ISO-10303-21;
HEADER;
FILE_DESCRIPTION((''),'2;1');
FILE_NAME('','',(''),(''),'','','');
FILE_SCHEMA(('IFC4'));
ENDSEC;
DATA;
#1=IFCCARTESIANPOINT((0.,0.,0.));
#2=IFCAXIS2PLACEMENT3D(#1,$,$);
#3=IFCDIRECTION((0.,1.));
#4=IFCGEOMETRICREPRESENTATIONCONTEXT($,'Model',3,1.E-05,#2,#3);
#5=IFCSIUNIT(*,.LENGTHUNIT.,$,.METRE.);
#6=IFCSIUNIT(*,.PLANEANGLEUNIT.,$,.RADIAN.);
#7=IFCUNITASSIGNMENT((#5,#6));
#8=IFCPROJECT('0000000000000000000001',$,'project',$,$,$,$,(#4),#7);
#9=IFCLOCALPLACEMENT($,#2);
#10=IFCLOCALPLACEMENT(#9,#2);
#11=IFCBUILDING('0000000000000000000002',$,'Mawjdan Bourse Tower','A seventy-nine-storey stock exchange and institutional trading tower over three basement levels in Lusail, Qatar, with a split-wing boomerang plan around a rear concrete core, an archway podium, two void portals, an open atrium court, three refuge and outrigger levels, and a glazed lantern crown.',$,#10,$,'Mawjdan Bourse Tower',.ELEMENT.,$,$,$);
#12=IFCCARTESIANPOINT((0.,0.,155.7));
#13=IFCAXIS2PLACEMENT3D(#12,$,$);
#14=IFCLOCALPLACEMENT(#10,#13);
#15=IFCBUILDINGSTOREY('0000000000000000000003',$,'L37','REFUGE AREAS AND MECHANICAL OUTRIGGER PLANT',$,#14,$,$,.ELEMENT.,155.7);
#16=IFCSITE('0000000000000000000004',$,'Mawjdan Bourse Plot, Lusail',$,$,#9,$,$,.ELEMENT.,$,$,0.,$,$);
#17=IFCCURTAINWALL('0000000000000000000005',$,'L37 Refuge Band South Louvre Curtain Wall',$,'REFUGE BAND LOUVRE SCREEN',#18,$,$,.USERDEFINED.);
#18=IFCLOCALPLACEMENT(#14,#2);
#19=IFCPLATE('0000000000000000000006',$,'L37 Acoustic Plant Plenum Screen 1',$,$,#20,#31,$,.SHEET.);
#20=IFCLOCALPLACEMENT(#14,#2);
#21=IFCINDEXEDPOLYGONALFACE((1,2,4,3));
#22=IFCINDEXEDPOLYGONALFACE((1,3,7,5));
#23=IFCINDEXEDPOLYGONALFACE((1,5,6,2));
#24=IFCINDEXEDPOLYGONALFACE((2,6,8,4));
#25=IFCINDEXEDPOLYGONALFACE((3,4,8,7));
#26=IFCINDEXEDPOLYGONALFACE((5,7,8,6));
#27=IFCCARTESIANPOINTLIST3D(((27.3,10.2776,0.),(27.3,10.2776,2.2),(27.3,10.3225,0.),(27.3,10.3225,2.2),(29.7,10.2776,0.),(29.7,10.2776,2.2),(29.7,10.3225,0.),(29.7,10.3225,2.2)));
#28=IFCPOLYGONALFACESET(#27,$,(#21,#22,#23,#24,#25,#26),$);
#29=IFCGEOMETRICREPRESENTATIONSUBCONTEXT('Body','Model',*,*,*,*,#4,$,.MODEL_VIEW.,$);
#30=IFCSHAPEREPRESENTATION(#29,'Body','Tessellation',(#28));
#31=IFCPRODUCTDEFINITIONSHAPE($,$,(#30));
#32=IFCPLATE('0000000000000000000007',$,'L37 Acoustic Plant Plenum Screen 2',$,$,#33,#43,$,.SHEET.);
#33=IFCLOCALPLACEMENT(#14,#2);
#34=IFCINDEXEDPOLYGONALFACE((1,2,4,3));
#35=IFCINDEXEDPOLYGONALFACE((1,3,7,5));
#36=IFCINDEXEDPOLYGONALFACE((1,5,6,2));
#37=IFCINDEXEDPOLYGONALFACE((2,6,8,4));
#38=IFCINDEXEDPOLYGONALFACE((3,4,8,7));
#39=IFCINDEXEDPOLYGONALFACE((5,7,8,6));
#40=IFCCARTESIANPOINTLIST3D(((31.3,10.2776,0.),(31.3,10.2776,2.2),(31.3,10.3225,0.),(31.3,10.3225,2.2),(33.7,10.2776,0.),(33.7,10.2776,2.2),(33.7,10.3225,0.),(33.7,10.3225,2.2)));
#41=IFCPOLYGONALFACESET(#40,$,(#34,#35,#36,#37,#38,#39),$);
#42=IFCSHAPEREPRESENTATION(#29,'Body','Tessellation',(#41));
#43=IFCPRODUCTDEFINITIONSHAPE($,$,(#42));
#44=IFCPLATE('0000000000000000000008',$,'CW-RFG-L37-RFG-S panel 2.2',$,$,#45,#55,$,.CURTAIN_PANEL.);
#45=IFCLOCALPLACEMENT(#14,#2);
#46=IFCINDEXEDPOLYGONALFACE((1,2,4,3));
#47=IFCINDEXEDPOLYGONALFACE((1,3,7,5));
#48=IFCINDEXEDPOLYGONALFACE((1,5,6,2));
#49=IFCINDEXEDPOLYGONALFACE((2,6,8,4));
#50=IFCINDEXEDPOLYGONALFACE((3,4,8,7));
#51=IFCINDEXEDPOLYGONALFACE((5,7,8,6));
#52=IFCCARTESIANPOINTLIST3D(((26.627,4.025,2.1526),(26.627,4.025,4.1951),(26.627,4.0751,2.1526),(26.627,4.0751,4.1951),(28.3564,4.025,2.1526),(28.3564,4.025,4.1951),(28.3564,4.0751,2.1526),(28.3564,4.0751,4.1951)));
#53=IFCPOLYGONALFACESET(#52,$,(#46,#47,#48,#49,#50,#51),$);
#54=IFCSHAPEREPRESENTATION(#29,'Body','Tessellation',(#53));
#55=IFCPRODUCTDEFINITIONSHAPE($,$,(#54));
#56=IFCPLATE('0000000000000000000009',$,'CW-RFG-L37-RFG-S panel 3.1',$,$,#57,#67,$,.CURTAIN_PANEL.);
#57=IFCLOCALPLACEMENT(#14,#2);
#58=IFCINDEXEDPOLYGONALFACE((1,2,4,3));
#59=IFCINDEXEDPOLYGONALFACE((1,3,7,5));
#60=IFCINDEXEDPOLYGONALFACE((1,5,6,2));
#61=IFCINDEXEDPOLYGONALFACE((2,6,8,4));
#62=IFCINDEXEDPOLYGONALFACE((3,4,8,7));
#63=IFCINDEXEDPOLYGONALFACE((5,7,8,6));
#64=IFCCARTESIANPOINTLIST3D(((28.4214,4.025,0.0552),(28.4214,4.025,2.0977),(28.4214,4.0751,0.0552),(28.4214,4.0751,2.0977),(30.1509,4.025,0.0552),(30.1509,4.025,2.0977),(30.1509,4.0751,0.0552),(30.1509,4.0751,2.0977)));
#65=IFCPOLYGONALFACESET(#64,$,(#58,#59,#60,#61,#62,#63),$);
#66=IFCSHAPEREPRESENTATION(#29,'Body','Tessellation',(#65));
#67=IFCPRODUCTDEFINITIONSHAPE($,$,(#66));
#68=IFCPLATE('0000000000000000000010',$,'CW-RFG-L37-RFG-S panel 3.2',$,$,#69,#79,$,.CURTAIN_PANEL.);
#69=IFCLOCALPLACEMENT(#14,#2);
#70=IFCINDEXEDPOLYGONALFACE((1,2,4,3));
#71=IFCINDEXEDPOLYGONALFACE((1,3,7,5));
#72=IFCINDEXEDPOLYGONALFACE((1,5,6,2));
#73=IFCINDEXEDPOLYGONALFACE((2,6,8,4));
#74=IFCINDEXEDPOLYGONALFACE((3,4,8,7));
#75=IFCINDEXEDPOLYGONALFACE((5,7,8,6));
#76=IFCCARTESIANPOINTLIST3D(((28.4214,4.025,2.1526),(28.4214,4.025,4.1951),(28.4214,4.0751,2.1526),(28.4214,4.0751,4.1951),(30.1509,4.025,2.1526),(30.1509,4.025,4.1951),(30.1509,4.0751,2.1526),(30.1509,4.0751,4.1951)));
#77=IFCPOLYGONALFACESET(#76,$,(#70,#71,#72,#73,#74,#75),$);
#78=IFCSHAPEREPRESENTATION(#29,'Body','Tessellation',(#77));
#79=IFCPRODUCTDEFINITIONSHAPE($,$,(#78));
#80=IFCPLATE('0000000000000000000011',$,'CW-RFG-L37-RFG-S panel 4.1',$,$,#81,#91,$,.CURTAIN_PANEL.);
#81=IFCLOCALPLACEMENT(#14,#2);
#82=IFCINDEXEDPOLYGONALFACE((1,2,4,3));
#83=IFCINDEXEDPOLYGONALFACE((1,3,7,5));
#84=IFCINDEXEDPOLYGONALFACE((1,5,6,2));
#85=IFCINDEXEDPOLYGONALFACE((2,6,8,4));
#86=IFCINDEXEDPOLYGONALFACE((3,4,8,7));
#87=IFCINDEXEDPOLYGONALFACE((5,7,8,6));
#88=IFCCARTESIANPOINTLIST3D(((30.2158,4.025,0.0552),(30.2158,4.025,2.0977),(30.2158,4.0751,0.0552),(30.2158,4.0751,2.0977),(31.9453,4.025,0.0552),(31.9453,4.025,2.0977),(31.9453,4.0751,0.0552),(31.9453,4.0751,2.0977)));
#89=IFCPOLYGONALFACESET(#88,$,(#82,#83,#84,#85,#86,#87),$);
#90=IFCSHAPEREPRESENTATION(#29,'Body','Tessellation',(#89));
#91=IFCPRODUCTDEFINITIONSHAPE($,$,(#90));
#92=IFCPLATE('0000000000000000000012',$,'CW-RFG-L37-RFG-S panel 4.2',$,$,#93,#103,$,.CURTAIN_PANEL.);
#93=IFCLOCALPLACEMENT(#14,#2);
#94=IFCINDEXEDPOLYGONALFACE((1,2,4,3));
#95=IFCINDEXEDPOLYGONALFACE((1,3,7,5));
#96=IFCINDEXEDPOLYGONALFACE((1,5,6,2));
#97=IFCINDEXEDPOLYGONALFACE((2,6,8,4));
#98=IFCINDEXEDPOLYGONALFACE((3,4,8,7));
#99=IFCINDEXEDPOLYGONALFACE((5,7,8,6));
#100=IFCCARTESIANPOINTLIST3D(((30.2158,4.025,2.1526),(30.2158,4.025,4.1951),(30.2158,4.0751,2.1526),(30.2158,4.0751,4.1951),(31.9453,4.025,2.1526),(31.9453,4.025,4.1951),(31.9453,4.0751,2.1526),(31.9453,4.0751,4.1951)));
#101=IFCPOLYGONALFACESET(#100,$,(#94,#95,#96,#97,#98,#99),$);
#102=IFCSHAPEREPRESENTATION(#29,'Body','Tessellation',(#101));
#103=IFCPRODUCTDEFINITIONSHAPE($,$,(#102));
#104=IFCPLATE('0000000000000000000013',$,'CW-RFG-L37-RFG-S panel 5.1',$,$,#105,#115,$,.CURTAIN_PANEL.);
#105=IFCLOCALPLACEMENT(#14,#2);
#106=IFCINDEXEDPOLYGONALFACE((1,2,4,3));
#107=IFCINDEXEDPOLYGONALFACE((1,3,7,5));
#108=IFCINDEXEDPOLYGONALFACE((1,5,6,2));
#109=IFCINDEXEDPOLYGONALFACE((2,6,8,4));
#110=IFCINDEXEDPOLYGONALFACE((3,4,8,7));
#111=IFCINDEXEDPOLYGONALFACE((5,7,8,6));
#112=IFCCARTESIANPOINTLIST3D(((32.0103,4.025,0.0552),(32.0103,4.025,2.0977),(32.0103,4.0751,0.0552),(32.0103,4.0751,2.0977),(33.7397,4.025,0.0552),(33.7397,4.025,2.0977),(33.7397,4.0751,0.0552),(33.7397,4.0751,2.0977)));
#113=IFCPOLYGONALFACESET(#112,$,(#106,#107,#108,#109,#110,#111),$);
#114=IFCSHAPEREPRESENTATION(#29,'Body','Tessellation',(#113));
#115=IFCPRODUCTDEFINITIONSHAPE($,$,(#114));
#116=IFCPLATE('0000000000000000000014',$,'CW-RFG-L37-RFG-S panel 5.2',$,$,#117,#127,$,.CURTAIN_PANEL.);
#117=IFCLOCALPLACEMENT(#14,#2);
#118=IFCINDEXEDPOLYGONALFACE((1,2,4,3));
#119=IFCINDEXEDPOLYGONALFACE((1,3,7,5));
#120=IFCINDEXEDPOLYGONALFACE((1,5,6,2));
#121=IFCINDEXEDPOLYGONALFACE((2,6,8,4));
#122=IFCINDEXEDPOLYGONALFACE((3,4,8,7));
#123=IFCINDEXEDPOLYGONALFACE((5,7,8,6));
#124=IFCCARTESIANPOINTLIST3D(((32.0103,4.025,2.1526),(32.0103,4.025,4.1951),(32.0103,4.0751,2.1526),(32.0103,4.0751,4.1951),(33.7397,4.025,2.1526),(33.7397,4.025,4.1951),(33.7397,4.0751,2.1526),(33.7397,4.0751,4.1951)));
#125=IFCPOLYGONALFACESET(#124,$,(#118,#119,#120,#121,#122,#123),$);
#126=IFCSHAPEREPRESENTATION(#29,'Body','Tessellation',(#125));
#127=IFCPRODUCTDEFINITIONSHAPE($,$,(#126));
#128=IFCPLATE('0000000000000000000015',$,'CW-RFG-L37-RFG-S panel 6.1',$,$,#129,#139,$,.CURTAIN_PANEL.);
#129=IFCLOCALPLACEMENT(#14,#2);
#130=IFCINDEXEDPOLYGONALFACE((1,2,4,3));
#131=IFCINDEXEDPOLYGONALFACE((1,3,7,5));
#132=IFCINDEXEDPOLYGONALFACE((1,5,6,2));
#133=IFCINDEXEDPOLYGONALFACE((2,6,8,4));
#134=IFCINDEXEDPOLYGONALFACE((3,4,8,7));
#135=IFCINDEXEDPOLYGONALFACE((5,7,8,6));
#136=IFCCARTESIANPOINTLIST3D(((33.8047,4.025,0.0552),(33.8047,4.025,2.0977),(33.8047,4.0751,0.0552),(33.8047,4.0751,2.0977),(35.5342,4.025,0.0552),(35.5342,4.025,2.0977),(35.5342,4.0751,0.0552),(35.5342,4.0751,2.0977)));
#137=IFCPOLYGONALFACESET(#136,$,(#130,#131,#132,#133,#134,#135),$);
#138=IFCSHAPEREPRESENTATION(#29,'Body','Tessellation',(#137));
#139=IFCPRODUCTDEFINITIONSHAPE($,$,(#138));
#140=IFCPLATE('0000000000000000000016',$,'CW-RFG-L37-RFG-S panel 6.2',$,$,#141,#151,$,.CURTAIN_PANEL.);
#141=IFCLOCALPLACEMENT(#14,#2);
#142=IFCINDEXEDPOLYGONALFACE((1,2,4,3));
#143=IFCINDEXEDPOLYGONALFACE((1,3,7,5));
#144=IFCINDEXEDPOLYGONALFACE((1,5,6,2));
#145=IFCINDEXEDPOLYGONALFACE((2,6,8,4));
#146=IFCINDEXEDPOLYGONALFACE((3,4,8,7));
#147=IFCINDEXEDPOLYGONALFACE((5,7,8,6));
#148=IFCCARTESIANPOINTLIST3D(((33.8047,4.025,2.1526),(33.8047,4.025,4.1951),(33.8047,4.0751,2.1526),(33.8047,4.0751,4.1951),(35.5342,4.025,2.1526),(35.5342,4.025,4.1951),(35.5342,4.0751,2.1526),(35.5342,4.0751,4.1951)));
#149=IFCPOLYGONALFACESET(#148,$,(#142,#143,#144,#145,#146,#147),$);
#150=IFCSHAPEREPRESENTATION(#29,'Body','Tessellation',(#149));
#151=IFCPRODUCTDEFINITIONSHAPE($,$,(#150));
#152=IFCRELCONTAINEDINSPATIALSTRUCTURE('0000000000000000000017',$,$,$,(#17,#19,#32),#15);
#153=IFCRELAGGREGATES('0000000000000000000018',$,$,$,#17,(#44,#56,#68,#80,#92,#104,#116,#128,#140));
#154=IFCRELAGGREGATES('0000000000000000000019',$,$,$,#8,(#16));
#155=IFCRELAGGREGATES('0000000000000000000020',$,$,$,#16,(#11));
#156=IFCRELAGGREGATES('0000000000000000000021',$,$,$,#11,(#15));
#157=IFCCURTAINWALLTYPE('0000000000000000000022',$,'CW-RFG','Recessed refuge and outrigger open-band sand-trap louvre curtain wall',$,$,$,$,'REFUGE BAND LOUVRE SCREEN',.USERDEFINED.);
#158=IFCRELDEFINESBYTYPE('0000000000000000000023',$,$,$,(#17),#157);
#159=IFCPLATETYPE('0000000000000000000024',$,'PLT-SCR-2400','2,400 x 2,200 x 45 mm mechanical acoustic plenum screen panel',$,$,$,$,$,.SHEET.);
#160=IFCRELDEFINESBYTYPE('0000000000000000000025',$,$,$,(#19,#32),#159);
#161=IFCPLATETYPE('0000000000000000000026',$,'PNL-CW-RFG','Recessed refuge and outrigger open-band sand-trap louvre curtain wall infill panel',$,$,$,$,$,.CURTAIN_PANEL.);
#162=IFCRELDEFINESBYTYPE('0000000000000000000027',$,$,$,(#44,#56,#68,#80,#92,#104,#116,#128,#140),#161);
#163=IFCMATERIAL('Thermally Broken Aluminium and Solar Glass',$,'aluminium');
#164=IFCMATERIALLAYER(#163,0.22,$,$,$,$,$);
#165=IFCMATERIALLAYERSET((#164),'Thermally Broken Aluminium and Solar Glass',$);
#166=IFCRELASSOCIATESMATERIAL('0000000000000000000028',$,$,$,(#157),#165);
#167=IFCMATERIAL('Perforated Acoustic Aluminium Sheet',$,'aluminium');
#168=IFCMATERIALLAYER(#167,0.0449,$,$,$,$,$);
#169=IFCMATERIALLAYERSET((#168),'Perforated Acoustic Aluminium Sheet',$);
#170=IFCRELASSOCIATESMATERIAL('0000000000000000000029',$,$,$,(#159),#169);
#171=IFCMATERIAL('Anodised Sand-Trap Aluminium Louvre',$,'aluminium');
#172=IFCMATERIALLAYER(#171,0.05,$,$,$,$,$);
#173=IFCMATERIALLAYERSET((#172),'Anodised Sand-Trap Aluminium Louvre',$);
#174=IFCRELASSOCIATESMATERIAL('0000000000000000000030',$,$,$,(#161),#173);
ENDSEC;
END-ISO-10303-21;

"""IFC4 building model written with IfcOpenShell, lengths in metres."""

from ifc_helpers import new_model, si_unit, direction, frame, origin, origin_2d, place, context, subcontext, project, spatial, rectangle, extrude, material, layer, layer_set, type_object, element, aggregate, save


model = new_model("IFC4")

# Units and contexts
model_context = context("Model", 3, precision=1e-05, world=origin(), true_north=direction((0.0, 1.0)))
body_context = subcontext(model_context, "Body", "Model", "MODEL_VIEW")
ifc_project = project(units=[si_unit("LENGTHUNIT", "METRE"), si_unit("PLANEANGLEUNIT", "RADIAN")], contexts=[model_context])

# Site, building, storey
site_placement = place(None, origin())
site = spatial("IfcSite", under=ifc_project, at=site_placement, Name="Mawjdan Bourse Plot, Lusail", CompositionType="ELEMENT", RefElevation=0.0)
building_placement = place(site_placement, origin())
building = spatial("IfcBuilding", under=site, at=building_placement, Name="Mawjdan Bourse Tower", Description="A seventy-nine-storey stock exchange and institutional trading tower over three basement levels in Lusail, Qatar, with a split-wing boomerang plan around a rear concrete core, an archway podium, two void portals, an open atrium court, three refuge and outrigger levels, and a glazed lantern crown.", LongName="Mawjdan Bourse Tower", CompositionType="ELEMENT")
storey_placement = place(building_placement, frame((0.0, 0.0, 155.7)))
storey = spatial("IfcBuildingStorey", under=building, at=storey_placement, Name="L37", Description="REFUGE AREAS AND MECHANICAL OUTRIGGER PLANT", CompositionType="ELEMENT", Elevation=155.7)

# Curtain wall
ifc_material_1 = material(Name="Thermally Broken Aluminium and Solar Glass", Category="aluminium")
ifc_layer_1 = layer(ifc_material_1, 0.22)
ifc_layer_set_1 = layer_set([ifc_layer_1], Name="Thermally Broken Aluminium and Solar Glass")
curtain_wall_type = type_object("IfcCurtainWallType", Name="CW-RFG", Description="Recessed refuge and outrigger open-band sand-trap louvre curtain wall", ElementType="REFUGE BAND LOUVRE SCREEN", PredefinedType="USERDEFINED", material=ifc_layer_set_1)
curtain_wall_placement = place(storey_placement, origin())
curtain_wall = element("IfcCurtainWall", 1, at=curtain_wall_placement, inside=storey, type_object=curtain_wall_type, Name="L37 Refuge Band South Louvre Curtain Wall", ObjectType="REFUGE BAND LOUVRE SCREEN", PredefinedType="USERDEFINED")

# Plates
ifc_material_2 = material(Name="Perforated Acoustic Aluminium Sheet", Category="aluminium")
ifc_layer_2 = layer(ifc_material_2, 0.0449)
ifc_layer_set_2 = layer_set([ifc_layer_2], Name="Perforated Acoustic Aluminium Sheet")
plate_type_1 = type_object("IfcPlateType", Name="PLT-SCR-2400", Description="2,400 x 2,200 x 45 mm mechanical acoustic plenum screen panel", PredefinedType="SHEET", material=ifc_layer_set_2)
for number, where, z_axis, x_axis, name in (
    (2, (28.5, 10.3, 0.0), (0.0, 0.0, 1.0), (1.0, 0.0, 0.0), "L37 Acoustic Plant Plenum Screen 1"),
    (3, (32.5, 10.3, 0.0), (0.0, 0.0, 1.0), (1.0, 0.0, 0.0), "L37 Acoustic Plant Plenum Screen 2"),
):
    element("IfcPlate", number, at=place(storey_placement, frame(where, z_axis=z_axis, x_axis=x_axis)), inside=storey, type_object=plate_type_1, Name=name, PredefinedType="SHEET", context=body_context, shape_type="SweptSolid", body=[
        extrude(rectangle(XDim=2.3999, YDim=0.0449, at=origin_2d()), origin(), (0.0, 0.0, 1.0), 2.2),
    ])

# Plates
ifc_material_3 = material(Name="Anodised Sand-Trap Aluminium Louvre", Category="aluminium")
ifc_layer_3 = layer(ifc_material_3, 0.05)
ifc_layer_set_3 = layer_set([ifc_layer_3], Name="Anodised Sand-Trap Aluminium Louvre")
plate_type_2 = type_object("IfcPlateType", Name="PNL-CW-RFG", Description="Recessed refuge and outrigger open-band sand-trap louvre curtain wall infill panel", PredefinedType="CURTAIN_PANEL", material=ifc_layer_set_3)
plate_1_placement = place(storey_placement, frame((27.4917, 4.05, 2.1526), z_axis=(0.0, 0.0, 1.0), x_axis=(1.0, 0.0, 0.0)))
plate_1 = element("IfcPlate", 4, at=plate_1_placement, type_object=plate_type_2, Name="CW-RFG-L37-RFG-S panel 2.2", PredefinedType="CURTAIN_PANEL", context=body_context, shape_type="SweptSolid", body=[
    extrude(rectangle(XDim=1.7295, YDim=0.05, at=origin_2d()), origin(), (0.0, 0.0, 1.0), 2.0425),
])
plate_2_placement = place(storey_placement, frame((29.2861, 4.05, 0.0552), z_axis=(0.0, 0.0, 1.0), x_axis=(1.0, 0.0, 0.0)))
plate_2 = element("IfcPlate", 5, at=plate_2_placement, type_object=plate_type_2, Name="CW-RFG-L37-RFG-S panel 3.1", PredefinedType="CURTAIN_PANEL", context=body_context, shape_type="SweptSolid", body=[
    extrude(rectangle(XDim=1.7295, YDim=0.05, at=origin_2d()), origin(), (0.0, 0.0, 1.0), 2.0425),
])
plate_3_placement = place(storey_placement, frame((29.2861, 4.05, 2.1526), z_axis=(0.0, 0.0, 1.0), x_axis=(1.0, 0.0, 0.0)))
plate_3 = element("IfcPlate", 6, at=plate_3_placement, type_object=plate_type_2, Name="CW-RFG-L37-RFG-S panel 3.2", PredefinedType="CURTAIN_PANEL", context=body_context, shape_type="SweptSolid", body=[
    extrude(rectangle(XDim=1.7295, YDim=0.05, at=origin_2d()), origin(), (0.0, 0.0, 1.0), 2.0425),
])
plate_4_placement = place(storey_placement, frame((31.0806, 4.05, 0.0552), z_axis=(0.0, 0.0, 1.0), x_axis=(1.0, 0.0, 0.0)))
plate_4 = element("IfcPlate", 7, at=plate_4_placement, type_object=plate_type_2, Name="CW-RFG-L37-RFG-S panel 4.1", PredefinedType="CURTAIN_PANEL", context=body_context, shape_type="SweptSolid", body=[
    extrude(rectangle(XDim=1.7295, YDim=0.05, at=origin_2d()), origin(), (0.0, 0.0, 1.0), 2.0425),
])
plate_5_placement = place(storey_placement, frame((31.0806, 4.05, 2.1526), z_axis=(0.0, 0.0, 1.0), x_axis=(1.0, 0.0, 0.0)))
plate_5 = element("IfcPlate", 8, at=plate_5_placement, type_object=plate_type_2, Name="CW-RFG-L37-RFG-S panel 4.2", PredefinedType="CURTAIN_PANEL", context=body_context, shape_type="SweptSolid", body=[
    extrude(rectangle(XDim=1.7295, YDim=0.05, at=origin_2d()), origin(), (0.0, 0.0, 1.0), 2.0425),
])
plate_6_placement = place(storey_placement, frame((32.875, 4.05, 0.0552), z_axis=(0.0, 0.0, 1.0), x_axis=(1.0, 0.0, 0.0)))
plate_6 = element("IfcPlate", 9, at=plate_6_placement, type_object=plate_type_2, Name="CW-RFG-L37-RFG-S panel 5.1", PredefinedType="CURTAIN_PANEL", context=body_context, shape_type="SweptSolid", body=[
    extrude(rectangle(XDim=1.7295, YDim=0.05, at=origin_2d()), origin(), (0.0, 0.0, 1.0), 2.0425),
])
plate_7_placement = place(storey_placement, frame((32.875, 4.05, 2.1526), z_axis=(0.0, 0.0, 1.0), x_axis=(1.0, 0.0, 0.0)))
plate_7 = element("IfcPlate", 10, at=plate_7_placement, type_object=plate_type_2, Name="CW-RFG-L37-RFG-S panel 5.2", PredefinedType="CURTAIN_PANEL", context=body_context, shape_type="SweptSolid", body=[
    extrude(rectangle(XDim=1.7295, YDim=0.05, at=origin_2d()), origin(), (0.0, 0.0, 1.0), 2.0425),
])
plate_8_placement = place(storey_placement, frame((34.6694, 4.05, 0.0552), z_axis=(0.0, 0.0, 1.0), x_axis=(1.0, 0.0, 0.0)))
plate_8 = element("IfcPlate", 11, at=plate_8_placement, type_object=plate_type_2, Name="CW-RFG-L37-RFG-S panel 6.1", PredefinedType="CURTAIN_PANEL", context=body_context, shape_type="SweptSolid", body=[
    extrude(rectangle(XDim=1.7295, YDim=0.05, at=origin_2d()), origin(), (0.0, 0.0, 1.0), 2.0425),
])
plate_9_placement = place(storey_placement, frame((34.6694, 4.05, 2.1526), z_axis=(0.0, 0.0, 1.0), x_axis=(1.0, 0.0, 0.0)))
plate_9 = element("IfcPlate", 12, at=plate_9_placement, type_object=plate_type_2, Name="CW-RFG-L37-RFG-S panel 6.2", PredefinedType="CURTAIN_PANEL", context=body_context, shape_type="SweptSolid", body=[
    extrude(rectangle(XDim=1.7295, YDim=0.05, at=origin_2d()), origin(), (0.0, 0.0, 1.0), 2.0425),
])
aggregate(curtain_wall, [plate_1, plate_2, plate_3, plate_4, plate_5, plate_6, plate_7, plate_8, plate_9])

save(model, "model.ifc")
